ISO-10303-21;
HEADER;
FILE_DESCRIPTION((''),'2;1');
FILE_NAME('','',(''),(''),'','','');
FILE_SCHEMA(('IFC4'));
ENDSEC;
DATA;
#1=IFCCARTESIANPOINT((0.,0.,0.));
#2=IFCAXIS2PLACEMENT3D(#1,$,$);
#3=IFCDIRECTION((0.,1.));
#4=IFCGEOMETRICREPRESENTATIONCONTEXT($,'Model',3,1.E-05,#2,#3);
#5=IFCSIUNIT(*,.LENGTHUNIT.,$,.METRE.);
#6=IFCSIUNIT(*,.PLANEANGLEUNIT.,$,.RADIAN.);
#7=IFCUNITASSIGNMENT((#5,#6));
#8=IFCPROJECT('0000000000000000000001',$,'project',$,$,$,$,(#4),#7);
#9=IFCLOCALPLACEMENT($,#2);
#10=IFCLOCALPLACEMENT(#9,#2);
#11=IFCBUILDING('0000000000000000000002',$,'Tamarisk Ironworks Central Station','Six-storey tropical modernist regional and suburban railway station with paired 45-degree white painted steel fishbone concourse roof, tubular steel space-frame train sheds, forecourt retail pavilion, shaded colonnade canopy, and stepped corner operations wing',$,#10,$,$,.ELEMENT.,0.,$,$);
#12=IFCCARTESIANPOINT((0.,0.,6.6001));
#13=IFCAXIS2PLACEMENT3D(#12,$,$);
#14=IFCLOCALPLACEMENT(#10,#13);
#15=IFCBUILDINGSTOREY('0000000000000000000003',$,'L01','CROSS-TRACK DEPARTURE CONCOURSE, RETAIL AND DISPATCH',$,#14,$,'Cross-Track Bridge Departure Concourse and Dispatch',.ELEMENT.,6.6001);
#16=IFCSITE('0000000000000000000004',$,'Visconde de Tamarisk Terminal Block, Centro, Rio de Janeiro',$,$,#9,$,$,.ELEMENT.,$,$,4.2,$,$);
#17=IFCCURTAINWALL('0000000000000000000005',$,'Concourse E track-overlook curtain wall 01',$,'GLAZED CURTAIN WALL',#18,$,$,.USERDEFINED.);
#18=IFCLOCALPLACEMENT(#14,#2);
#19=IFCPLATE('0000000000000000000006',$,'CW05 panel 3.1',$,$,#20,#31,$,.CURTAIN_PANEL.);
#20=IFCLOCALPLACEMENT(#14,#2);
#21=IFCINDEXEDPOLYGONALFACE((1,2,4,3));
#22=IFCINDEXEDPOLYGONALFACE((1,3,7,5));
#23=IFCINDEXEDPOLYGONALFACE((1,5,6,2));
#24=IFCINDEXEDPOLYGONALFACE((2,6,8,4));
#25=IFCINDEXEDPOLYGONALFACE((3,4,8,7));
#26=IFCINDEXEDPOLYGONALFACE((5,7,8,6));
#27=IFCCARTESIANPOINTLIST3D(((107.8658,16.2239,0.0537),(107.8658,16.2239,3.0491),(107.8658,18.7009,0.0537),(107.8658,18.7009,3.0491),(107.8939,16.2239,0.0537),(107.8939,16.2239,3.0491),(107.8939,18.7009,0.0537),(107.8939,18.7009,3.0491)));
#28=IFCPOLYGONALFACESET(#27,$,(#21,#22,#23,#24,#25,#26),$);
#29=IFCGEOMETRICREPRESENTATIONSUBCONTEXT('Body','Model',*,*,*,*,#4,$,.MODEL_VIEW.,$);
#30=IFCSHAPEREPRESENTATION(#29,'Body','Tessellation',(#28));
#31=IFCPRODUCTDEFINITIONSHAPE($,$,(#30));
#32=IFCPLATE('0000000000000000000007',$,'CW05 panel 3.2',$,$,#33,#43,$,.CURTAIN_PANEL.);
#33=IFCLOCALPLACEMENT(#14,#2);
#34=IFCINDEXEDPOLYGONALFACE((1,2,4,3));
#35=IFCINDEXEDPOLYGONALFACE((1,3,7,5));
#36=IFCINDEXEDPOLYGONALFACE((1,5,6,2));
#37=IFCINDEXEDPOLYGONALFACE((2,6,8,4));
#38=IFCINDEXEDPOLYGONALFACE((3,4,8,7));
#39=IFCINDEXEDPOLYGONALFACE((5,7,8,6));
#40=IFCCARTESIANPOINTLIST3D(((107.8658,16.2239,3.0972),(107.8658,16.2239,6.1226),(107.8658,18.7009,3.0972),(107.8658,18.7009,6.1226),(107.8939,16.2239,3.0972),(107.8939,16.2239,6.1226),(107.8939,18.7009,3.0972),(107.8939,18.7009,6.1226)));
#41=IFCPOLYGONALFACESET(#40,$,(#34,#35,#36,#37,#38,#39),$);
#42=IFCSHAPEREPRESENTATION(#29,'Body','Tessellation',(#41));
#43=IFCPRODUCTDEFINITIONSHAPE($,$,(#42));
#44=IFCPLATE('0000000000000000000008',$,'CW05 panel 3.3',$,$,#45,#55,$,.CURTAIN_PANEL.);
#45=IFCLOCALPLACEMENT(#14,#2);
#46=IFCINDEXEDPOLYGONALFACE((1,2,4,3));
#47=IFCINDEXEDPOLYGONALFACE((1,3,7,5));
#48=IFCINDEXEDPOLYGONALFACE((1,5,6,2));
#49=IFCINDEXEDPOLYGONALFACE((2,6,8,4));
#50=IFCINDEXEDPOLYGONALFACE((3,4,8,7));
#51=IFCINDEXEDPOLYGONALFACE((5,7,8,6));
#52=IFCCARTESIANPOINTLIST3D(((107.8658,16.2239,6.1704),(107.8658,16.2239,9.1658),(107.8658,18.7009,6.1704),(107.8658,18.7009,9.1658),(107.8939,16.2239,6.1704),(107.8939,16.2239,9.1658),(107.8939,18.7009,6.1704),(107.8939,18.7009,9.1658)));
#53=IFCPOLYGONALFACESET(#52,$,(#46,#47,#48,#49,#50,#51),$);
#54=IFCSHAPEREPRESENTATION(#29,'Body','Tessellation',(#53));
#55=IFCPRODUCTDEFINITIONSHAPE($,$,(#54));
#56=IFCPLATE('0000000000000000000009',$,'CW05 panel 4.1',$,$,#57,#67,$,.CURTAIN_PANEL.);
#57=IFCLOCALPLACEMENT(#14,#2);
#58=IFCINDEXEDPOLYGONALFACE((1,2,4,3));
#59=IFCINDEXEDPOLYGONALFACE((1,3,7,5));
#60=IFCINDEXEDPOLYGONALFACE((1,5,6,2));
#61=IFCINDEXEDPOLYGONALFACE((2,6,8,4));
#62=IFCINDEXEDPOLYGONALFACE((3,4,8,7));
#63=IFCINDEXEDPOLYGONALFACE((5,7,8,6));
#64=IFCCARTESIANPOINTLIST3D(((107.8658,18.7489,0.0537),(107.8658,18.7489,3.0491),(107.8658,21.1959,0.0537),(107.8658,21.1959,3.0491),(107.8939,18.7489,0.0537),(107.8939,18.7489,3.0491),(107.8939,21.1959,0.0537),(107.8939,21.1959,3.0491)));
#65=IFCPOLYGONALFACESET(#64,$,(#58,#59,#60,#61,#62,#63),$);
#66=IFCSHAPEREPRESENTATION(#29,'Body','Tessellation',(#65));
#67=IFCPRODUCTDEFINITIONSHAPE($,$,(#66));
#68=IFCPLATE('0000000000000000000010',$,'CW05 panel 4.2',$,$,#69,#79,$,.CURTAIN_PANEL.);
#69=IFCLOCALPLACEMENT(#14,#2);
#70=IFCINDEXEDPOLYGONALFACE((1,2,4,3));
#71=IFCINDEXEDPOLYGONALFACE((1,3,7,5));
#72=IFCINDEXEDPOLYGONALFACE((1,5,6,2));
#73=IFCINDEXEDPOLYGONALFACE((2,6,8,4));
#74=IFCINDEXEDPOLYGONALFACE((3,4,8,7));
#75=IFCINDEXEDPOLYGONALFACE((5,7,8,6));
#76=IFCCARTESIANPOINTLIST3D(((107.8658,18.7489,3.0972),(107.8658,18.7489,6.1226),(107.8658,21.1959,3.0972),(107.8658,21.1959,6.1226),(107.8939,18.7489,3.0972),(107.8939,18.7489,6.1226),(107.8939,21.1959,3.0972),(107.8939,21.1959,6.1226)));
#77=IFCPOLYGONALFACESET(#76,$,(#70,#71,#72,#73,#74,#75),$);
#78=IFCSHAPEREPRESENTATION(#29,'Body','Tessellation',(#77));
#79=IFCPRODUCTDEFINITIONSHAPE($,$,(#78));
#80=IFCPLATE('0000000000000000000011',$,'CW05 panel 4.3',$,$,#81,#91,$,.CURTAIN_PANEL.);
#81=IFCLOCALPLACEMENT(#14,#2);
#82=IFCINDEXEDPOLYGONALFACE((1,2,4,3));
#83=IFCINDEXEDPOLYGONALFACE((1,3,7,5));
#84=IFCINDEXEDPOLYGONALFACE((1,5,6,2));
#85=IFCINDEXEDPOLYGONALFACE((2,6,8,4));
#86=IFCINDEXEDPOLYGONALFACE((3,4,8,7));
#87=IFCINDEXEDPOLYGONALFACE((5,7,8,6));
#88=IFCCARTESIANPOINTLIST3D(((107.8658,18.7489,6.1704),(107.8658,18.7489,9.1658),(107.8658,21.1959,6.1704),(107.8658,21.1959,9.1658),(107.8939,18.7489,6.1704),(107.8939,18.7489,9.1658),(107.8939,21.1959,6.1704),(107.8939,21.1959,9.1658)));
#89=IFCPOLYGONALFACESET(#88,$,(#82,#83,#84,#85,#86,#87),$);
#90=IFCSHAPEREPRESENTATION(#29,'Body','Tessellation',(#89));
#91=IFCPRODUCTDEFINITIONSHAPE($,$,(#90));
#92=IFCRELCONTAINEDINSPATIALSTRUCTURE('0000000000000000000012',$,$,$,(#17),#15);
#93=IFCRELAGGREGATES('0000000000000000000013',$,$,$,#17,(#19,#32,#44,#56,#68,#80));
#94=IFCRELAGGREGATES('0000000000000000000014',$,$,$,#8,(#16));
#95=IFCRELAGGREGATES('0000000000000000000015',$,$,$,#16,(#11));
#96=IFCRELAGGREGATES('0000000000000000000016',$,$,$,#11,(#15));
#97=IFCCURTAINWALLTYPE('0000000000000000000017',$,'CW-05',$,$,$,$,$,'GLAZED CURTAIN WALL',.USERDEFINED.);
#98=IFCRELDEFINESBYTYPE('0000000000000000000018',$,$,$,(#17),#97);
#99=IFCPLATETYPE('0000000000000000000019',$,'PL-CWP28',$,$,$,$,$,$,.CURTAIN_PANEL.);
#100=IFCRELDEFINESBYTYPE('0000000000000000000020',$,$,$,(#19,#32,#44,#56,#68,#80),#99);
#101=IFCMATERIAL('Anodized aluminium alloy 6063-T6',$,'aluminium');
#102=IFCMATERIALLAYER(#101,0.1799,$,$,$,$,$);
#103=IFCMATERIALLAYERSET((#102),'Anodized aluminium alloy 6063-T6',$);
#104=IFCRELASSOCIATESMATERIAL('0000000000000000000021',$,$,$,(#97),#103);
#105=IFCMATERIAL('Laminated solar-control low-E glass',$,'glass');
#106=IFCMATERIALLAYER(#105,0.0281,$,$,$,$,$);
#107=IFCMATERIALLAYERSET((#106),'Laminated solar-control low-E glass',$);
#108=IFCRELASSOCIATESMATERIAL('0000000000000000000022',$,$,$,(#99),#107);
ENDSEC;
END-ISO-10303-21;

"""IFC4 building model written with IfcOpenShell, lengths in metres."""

from ifc_helpers import new_model, si_unit, direction, frame, origin, origin_2d, place, context, subcontext, project, spatial, rectangle, extrude, material, layer, layer_set, type_object, element, aggregate, save


model = new_model("IFC4")

# Units and contexts
model_context = context("Model", 3, precision=1e-05, world=origin(), true_north=direction((0.0, 1.0)))
body_context = subcontext(model_context, "Body", "Model", "MODEL_VIEW")
ifc_project = project(units=[si_unit("LENGTHUNIT", "METRE"), si_unit("PLANEANGLEUNIT", "RADIAN")], contexts=[model_context])

# Site, building, storey
site_placement = place(None, origin())
site = spatial("IfcSite", under=ifc_project, at=site_placement, Name="Visconde de Tamarisk Terminal Block, Centro, Rio de Janeiro", CompositionType="ELEMENT", RefElevation=4.2)
building_placement = place(site_placement, origin())
building = spatial("IfcBuilding", under=site, at=building_placement, Name="Tamarisk Ironworks Central Station", Description="Six-storey tropical modernist regional and suburban railway station with paired 45-degree white painted steel fishbone concourse roof, tubular steel space-frame train sheds, forecourt retail pavilion, shaded colonnade canopy, and stepped corner operations wing", CompositionType="ELEMENT", ElevationOfRefHeight=0.0)
storey_placement = place(building_placement, frame((0.0, 0.0, 6.6001)))
storey = spatial("IfcBuildingStorey", under=building, at=storey_placement, Name="L01", Description="CROSS-TRACK DEPARTURE CONCOURSE, RETAIL AND DISPATCH", LongName="Cross-Track Bridge Departure Concourse and Dispatch", CompositionType="ELEMENT", Elevation=6.6001)

# Curtain wall, plates
ifc_material_1 = material(Name="Anodized aluminium alloy 6063-T6", Category="aluminium")
ifc_layer_1 = layer(ifc_material_1, 0.1799)
ifc_layer_set_1 = layer_set([ifc_layer_1], Name="Anodized aluminium alloy 6063-T6")
curtain_wall_type = type_object("IfcCurtainWallType", Name="CW-05", ElementType="GLAZED CURTAIN WALL", PredefinedType="USERDEFINED", material=ifc_layer_set_1)
curtain_wall_placement = place(storey_placement, origin())
curtain_wall = element("IfcCurtainWall", 1, at=curtain_wall_placement, inside=storey, type_object=curtain_wall_type, Name="Concourse E track-overlook curtain wall 01", ObjectType="GLAZED CURTAIN WALL", PredefinedType="USERDEFINED")
ifc_material_2 = material(Name="Laminated solar-control low-E glass", Category="glass")
ifc_layer_2 = layer(ifc_material_2, 0.0281)
ifc_layer_set_2 = layer_set([ifc_layer_2], Name="Laminated solar-control low-E glass")
plate_type = type_object("IfcPlateType", Name="PL-CWP28", PredefinedType="CURTAIN_PANEL", material=ifc_layer_set_2)
plate_1_placement = place(storey_placement, frame((107.8799, 17.4624, 0.0537), z_axis=(0.0, 0.0, 1.0), x_axis=(0.0, 1.0, 0.0)))
plate_1 = element("IfcPlate", 2, at=plate_1_placement, type_object=plate_type, Name="CW05 panel 3.1", PredefinedType="CURTAIN_PANEL", context=body_context, shape_type="SweptSolid", body=[
    extrude(rectangle(XDim=2.4771, YDim=0.0281, at=origin_2d()), origin(), (0.0, 0.0, 1.0), 2.9954),
])
plate_2_placement = place(storey_placement, frame((107.8799, 17.4624, 3.0972), z_axis=(0.0, 0.0, 1.0), x_axis=(0.0, 1.0, 0.0)))
plate_2 = element("IfcPlate", 3, at=plate_2_placement, type_object=plate_type, Name="CW05 panel 3.2", PredefinedType="CURTAIN_PANEL", context=body_context, shape_type="SweptSolid", body=[
    extrude(rectangle(XDim=2.4771, YDim=0.0281, at=origin_2d()), origin(), (0.0, 0.0, 1.0), 3.0254),
])
plate_3_placement = place(storey_placement, frame((107.8799, 17.4624, 6.1704), z_axis=(0.0, 0.0, 1.0), x_axis=(0.0, 1.0, 0.0)))
plate_3 = element("IfcPlate", 4, at=plate_3_placement, type_object=plate_type, Name="CW05 panel 3.3", PredefinedType="CURTAIN_PANEL", context=body_context, shape_type="SweptSolid", body=[
    extrude(rectangle(XDim=2.4771, YDim=0.0281, at=origin_2d()), origin(), (0.0, 0.0, 1.0), 2.9954),
])
plate_4_placement = place(storey_placement, frame((107.8799, 19.9724, 0.0537), z_axis=(0.0, 0.0, 1.0), x_axis=(0.0, 1.0, 0.0)))
plate_4 = element("IfcPlate", 5, at=plate_4_placement, type_object=plate_type, Name="CW05 panel 4.1", PredefinedType="CURTAIN_PANEL", context=body_context, shape_type="SweptSolid", body=[
    extrude(rectangle(XDim=2.447, YDim=0.0281, at=origin_2d()), origin(), (0.0, 0.0, 1.0), 2.9954),
])
plate_5_placement = place(storey_placement, frame((107.8799, 19.9724, 3.0972), z_axis=(0.0, 0.0, 1.0), x_axis=(0.0, 1.0, 0.0)))
plate_5 = element("IfcPlate", 6, at=plate_5_placement, type_object=plate_type, Name="CW05 panel 4.2", PredefinedType="CURTAIN_PANEL", context=body_context, shape_type="SweptSolid", body=[
    extrude(rectangle(XDim=2.447, YDim=0.0281, at=origin_2d()), origin(), (0.0, 0.0, 1.0), 3.0254),
])
plate_6_placement = place(storey_placement, frame((107.8799, 19.9724, 6.1704), z_axis=(0.0, 0.0, 1.0), x_axis=(0.0, 1.0, 0.0)))
plate_6 = element("IfcPlate", 7, at=plate_6_placement, type_object=plate_type, Name="CW05 panel 4.3", PredefinedType="CURTAIN_PANEL", context=body_context, shape_type="SweptSolid", body=[
    extrude(rectangle(XDim=2.447, YDim=0.0281, at=origin_2d()), origin(), (0.0, 0.0, 1.0), 2.9954),
])
aggregate(curtain_wall, [plate_1, plate_2, plate_3, plate_4, plate_5, plate_6])

save(model, "model.ifc")
